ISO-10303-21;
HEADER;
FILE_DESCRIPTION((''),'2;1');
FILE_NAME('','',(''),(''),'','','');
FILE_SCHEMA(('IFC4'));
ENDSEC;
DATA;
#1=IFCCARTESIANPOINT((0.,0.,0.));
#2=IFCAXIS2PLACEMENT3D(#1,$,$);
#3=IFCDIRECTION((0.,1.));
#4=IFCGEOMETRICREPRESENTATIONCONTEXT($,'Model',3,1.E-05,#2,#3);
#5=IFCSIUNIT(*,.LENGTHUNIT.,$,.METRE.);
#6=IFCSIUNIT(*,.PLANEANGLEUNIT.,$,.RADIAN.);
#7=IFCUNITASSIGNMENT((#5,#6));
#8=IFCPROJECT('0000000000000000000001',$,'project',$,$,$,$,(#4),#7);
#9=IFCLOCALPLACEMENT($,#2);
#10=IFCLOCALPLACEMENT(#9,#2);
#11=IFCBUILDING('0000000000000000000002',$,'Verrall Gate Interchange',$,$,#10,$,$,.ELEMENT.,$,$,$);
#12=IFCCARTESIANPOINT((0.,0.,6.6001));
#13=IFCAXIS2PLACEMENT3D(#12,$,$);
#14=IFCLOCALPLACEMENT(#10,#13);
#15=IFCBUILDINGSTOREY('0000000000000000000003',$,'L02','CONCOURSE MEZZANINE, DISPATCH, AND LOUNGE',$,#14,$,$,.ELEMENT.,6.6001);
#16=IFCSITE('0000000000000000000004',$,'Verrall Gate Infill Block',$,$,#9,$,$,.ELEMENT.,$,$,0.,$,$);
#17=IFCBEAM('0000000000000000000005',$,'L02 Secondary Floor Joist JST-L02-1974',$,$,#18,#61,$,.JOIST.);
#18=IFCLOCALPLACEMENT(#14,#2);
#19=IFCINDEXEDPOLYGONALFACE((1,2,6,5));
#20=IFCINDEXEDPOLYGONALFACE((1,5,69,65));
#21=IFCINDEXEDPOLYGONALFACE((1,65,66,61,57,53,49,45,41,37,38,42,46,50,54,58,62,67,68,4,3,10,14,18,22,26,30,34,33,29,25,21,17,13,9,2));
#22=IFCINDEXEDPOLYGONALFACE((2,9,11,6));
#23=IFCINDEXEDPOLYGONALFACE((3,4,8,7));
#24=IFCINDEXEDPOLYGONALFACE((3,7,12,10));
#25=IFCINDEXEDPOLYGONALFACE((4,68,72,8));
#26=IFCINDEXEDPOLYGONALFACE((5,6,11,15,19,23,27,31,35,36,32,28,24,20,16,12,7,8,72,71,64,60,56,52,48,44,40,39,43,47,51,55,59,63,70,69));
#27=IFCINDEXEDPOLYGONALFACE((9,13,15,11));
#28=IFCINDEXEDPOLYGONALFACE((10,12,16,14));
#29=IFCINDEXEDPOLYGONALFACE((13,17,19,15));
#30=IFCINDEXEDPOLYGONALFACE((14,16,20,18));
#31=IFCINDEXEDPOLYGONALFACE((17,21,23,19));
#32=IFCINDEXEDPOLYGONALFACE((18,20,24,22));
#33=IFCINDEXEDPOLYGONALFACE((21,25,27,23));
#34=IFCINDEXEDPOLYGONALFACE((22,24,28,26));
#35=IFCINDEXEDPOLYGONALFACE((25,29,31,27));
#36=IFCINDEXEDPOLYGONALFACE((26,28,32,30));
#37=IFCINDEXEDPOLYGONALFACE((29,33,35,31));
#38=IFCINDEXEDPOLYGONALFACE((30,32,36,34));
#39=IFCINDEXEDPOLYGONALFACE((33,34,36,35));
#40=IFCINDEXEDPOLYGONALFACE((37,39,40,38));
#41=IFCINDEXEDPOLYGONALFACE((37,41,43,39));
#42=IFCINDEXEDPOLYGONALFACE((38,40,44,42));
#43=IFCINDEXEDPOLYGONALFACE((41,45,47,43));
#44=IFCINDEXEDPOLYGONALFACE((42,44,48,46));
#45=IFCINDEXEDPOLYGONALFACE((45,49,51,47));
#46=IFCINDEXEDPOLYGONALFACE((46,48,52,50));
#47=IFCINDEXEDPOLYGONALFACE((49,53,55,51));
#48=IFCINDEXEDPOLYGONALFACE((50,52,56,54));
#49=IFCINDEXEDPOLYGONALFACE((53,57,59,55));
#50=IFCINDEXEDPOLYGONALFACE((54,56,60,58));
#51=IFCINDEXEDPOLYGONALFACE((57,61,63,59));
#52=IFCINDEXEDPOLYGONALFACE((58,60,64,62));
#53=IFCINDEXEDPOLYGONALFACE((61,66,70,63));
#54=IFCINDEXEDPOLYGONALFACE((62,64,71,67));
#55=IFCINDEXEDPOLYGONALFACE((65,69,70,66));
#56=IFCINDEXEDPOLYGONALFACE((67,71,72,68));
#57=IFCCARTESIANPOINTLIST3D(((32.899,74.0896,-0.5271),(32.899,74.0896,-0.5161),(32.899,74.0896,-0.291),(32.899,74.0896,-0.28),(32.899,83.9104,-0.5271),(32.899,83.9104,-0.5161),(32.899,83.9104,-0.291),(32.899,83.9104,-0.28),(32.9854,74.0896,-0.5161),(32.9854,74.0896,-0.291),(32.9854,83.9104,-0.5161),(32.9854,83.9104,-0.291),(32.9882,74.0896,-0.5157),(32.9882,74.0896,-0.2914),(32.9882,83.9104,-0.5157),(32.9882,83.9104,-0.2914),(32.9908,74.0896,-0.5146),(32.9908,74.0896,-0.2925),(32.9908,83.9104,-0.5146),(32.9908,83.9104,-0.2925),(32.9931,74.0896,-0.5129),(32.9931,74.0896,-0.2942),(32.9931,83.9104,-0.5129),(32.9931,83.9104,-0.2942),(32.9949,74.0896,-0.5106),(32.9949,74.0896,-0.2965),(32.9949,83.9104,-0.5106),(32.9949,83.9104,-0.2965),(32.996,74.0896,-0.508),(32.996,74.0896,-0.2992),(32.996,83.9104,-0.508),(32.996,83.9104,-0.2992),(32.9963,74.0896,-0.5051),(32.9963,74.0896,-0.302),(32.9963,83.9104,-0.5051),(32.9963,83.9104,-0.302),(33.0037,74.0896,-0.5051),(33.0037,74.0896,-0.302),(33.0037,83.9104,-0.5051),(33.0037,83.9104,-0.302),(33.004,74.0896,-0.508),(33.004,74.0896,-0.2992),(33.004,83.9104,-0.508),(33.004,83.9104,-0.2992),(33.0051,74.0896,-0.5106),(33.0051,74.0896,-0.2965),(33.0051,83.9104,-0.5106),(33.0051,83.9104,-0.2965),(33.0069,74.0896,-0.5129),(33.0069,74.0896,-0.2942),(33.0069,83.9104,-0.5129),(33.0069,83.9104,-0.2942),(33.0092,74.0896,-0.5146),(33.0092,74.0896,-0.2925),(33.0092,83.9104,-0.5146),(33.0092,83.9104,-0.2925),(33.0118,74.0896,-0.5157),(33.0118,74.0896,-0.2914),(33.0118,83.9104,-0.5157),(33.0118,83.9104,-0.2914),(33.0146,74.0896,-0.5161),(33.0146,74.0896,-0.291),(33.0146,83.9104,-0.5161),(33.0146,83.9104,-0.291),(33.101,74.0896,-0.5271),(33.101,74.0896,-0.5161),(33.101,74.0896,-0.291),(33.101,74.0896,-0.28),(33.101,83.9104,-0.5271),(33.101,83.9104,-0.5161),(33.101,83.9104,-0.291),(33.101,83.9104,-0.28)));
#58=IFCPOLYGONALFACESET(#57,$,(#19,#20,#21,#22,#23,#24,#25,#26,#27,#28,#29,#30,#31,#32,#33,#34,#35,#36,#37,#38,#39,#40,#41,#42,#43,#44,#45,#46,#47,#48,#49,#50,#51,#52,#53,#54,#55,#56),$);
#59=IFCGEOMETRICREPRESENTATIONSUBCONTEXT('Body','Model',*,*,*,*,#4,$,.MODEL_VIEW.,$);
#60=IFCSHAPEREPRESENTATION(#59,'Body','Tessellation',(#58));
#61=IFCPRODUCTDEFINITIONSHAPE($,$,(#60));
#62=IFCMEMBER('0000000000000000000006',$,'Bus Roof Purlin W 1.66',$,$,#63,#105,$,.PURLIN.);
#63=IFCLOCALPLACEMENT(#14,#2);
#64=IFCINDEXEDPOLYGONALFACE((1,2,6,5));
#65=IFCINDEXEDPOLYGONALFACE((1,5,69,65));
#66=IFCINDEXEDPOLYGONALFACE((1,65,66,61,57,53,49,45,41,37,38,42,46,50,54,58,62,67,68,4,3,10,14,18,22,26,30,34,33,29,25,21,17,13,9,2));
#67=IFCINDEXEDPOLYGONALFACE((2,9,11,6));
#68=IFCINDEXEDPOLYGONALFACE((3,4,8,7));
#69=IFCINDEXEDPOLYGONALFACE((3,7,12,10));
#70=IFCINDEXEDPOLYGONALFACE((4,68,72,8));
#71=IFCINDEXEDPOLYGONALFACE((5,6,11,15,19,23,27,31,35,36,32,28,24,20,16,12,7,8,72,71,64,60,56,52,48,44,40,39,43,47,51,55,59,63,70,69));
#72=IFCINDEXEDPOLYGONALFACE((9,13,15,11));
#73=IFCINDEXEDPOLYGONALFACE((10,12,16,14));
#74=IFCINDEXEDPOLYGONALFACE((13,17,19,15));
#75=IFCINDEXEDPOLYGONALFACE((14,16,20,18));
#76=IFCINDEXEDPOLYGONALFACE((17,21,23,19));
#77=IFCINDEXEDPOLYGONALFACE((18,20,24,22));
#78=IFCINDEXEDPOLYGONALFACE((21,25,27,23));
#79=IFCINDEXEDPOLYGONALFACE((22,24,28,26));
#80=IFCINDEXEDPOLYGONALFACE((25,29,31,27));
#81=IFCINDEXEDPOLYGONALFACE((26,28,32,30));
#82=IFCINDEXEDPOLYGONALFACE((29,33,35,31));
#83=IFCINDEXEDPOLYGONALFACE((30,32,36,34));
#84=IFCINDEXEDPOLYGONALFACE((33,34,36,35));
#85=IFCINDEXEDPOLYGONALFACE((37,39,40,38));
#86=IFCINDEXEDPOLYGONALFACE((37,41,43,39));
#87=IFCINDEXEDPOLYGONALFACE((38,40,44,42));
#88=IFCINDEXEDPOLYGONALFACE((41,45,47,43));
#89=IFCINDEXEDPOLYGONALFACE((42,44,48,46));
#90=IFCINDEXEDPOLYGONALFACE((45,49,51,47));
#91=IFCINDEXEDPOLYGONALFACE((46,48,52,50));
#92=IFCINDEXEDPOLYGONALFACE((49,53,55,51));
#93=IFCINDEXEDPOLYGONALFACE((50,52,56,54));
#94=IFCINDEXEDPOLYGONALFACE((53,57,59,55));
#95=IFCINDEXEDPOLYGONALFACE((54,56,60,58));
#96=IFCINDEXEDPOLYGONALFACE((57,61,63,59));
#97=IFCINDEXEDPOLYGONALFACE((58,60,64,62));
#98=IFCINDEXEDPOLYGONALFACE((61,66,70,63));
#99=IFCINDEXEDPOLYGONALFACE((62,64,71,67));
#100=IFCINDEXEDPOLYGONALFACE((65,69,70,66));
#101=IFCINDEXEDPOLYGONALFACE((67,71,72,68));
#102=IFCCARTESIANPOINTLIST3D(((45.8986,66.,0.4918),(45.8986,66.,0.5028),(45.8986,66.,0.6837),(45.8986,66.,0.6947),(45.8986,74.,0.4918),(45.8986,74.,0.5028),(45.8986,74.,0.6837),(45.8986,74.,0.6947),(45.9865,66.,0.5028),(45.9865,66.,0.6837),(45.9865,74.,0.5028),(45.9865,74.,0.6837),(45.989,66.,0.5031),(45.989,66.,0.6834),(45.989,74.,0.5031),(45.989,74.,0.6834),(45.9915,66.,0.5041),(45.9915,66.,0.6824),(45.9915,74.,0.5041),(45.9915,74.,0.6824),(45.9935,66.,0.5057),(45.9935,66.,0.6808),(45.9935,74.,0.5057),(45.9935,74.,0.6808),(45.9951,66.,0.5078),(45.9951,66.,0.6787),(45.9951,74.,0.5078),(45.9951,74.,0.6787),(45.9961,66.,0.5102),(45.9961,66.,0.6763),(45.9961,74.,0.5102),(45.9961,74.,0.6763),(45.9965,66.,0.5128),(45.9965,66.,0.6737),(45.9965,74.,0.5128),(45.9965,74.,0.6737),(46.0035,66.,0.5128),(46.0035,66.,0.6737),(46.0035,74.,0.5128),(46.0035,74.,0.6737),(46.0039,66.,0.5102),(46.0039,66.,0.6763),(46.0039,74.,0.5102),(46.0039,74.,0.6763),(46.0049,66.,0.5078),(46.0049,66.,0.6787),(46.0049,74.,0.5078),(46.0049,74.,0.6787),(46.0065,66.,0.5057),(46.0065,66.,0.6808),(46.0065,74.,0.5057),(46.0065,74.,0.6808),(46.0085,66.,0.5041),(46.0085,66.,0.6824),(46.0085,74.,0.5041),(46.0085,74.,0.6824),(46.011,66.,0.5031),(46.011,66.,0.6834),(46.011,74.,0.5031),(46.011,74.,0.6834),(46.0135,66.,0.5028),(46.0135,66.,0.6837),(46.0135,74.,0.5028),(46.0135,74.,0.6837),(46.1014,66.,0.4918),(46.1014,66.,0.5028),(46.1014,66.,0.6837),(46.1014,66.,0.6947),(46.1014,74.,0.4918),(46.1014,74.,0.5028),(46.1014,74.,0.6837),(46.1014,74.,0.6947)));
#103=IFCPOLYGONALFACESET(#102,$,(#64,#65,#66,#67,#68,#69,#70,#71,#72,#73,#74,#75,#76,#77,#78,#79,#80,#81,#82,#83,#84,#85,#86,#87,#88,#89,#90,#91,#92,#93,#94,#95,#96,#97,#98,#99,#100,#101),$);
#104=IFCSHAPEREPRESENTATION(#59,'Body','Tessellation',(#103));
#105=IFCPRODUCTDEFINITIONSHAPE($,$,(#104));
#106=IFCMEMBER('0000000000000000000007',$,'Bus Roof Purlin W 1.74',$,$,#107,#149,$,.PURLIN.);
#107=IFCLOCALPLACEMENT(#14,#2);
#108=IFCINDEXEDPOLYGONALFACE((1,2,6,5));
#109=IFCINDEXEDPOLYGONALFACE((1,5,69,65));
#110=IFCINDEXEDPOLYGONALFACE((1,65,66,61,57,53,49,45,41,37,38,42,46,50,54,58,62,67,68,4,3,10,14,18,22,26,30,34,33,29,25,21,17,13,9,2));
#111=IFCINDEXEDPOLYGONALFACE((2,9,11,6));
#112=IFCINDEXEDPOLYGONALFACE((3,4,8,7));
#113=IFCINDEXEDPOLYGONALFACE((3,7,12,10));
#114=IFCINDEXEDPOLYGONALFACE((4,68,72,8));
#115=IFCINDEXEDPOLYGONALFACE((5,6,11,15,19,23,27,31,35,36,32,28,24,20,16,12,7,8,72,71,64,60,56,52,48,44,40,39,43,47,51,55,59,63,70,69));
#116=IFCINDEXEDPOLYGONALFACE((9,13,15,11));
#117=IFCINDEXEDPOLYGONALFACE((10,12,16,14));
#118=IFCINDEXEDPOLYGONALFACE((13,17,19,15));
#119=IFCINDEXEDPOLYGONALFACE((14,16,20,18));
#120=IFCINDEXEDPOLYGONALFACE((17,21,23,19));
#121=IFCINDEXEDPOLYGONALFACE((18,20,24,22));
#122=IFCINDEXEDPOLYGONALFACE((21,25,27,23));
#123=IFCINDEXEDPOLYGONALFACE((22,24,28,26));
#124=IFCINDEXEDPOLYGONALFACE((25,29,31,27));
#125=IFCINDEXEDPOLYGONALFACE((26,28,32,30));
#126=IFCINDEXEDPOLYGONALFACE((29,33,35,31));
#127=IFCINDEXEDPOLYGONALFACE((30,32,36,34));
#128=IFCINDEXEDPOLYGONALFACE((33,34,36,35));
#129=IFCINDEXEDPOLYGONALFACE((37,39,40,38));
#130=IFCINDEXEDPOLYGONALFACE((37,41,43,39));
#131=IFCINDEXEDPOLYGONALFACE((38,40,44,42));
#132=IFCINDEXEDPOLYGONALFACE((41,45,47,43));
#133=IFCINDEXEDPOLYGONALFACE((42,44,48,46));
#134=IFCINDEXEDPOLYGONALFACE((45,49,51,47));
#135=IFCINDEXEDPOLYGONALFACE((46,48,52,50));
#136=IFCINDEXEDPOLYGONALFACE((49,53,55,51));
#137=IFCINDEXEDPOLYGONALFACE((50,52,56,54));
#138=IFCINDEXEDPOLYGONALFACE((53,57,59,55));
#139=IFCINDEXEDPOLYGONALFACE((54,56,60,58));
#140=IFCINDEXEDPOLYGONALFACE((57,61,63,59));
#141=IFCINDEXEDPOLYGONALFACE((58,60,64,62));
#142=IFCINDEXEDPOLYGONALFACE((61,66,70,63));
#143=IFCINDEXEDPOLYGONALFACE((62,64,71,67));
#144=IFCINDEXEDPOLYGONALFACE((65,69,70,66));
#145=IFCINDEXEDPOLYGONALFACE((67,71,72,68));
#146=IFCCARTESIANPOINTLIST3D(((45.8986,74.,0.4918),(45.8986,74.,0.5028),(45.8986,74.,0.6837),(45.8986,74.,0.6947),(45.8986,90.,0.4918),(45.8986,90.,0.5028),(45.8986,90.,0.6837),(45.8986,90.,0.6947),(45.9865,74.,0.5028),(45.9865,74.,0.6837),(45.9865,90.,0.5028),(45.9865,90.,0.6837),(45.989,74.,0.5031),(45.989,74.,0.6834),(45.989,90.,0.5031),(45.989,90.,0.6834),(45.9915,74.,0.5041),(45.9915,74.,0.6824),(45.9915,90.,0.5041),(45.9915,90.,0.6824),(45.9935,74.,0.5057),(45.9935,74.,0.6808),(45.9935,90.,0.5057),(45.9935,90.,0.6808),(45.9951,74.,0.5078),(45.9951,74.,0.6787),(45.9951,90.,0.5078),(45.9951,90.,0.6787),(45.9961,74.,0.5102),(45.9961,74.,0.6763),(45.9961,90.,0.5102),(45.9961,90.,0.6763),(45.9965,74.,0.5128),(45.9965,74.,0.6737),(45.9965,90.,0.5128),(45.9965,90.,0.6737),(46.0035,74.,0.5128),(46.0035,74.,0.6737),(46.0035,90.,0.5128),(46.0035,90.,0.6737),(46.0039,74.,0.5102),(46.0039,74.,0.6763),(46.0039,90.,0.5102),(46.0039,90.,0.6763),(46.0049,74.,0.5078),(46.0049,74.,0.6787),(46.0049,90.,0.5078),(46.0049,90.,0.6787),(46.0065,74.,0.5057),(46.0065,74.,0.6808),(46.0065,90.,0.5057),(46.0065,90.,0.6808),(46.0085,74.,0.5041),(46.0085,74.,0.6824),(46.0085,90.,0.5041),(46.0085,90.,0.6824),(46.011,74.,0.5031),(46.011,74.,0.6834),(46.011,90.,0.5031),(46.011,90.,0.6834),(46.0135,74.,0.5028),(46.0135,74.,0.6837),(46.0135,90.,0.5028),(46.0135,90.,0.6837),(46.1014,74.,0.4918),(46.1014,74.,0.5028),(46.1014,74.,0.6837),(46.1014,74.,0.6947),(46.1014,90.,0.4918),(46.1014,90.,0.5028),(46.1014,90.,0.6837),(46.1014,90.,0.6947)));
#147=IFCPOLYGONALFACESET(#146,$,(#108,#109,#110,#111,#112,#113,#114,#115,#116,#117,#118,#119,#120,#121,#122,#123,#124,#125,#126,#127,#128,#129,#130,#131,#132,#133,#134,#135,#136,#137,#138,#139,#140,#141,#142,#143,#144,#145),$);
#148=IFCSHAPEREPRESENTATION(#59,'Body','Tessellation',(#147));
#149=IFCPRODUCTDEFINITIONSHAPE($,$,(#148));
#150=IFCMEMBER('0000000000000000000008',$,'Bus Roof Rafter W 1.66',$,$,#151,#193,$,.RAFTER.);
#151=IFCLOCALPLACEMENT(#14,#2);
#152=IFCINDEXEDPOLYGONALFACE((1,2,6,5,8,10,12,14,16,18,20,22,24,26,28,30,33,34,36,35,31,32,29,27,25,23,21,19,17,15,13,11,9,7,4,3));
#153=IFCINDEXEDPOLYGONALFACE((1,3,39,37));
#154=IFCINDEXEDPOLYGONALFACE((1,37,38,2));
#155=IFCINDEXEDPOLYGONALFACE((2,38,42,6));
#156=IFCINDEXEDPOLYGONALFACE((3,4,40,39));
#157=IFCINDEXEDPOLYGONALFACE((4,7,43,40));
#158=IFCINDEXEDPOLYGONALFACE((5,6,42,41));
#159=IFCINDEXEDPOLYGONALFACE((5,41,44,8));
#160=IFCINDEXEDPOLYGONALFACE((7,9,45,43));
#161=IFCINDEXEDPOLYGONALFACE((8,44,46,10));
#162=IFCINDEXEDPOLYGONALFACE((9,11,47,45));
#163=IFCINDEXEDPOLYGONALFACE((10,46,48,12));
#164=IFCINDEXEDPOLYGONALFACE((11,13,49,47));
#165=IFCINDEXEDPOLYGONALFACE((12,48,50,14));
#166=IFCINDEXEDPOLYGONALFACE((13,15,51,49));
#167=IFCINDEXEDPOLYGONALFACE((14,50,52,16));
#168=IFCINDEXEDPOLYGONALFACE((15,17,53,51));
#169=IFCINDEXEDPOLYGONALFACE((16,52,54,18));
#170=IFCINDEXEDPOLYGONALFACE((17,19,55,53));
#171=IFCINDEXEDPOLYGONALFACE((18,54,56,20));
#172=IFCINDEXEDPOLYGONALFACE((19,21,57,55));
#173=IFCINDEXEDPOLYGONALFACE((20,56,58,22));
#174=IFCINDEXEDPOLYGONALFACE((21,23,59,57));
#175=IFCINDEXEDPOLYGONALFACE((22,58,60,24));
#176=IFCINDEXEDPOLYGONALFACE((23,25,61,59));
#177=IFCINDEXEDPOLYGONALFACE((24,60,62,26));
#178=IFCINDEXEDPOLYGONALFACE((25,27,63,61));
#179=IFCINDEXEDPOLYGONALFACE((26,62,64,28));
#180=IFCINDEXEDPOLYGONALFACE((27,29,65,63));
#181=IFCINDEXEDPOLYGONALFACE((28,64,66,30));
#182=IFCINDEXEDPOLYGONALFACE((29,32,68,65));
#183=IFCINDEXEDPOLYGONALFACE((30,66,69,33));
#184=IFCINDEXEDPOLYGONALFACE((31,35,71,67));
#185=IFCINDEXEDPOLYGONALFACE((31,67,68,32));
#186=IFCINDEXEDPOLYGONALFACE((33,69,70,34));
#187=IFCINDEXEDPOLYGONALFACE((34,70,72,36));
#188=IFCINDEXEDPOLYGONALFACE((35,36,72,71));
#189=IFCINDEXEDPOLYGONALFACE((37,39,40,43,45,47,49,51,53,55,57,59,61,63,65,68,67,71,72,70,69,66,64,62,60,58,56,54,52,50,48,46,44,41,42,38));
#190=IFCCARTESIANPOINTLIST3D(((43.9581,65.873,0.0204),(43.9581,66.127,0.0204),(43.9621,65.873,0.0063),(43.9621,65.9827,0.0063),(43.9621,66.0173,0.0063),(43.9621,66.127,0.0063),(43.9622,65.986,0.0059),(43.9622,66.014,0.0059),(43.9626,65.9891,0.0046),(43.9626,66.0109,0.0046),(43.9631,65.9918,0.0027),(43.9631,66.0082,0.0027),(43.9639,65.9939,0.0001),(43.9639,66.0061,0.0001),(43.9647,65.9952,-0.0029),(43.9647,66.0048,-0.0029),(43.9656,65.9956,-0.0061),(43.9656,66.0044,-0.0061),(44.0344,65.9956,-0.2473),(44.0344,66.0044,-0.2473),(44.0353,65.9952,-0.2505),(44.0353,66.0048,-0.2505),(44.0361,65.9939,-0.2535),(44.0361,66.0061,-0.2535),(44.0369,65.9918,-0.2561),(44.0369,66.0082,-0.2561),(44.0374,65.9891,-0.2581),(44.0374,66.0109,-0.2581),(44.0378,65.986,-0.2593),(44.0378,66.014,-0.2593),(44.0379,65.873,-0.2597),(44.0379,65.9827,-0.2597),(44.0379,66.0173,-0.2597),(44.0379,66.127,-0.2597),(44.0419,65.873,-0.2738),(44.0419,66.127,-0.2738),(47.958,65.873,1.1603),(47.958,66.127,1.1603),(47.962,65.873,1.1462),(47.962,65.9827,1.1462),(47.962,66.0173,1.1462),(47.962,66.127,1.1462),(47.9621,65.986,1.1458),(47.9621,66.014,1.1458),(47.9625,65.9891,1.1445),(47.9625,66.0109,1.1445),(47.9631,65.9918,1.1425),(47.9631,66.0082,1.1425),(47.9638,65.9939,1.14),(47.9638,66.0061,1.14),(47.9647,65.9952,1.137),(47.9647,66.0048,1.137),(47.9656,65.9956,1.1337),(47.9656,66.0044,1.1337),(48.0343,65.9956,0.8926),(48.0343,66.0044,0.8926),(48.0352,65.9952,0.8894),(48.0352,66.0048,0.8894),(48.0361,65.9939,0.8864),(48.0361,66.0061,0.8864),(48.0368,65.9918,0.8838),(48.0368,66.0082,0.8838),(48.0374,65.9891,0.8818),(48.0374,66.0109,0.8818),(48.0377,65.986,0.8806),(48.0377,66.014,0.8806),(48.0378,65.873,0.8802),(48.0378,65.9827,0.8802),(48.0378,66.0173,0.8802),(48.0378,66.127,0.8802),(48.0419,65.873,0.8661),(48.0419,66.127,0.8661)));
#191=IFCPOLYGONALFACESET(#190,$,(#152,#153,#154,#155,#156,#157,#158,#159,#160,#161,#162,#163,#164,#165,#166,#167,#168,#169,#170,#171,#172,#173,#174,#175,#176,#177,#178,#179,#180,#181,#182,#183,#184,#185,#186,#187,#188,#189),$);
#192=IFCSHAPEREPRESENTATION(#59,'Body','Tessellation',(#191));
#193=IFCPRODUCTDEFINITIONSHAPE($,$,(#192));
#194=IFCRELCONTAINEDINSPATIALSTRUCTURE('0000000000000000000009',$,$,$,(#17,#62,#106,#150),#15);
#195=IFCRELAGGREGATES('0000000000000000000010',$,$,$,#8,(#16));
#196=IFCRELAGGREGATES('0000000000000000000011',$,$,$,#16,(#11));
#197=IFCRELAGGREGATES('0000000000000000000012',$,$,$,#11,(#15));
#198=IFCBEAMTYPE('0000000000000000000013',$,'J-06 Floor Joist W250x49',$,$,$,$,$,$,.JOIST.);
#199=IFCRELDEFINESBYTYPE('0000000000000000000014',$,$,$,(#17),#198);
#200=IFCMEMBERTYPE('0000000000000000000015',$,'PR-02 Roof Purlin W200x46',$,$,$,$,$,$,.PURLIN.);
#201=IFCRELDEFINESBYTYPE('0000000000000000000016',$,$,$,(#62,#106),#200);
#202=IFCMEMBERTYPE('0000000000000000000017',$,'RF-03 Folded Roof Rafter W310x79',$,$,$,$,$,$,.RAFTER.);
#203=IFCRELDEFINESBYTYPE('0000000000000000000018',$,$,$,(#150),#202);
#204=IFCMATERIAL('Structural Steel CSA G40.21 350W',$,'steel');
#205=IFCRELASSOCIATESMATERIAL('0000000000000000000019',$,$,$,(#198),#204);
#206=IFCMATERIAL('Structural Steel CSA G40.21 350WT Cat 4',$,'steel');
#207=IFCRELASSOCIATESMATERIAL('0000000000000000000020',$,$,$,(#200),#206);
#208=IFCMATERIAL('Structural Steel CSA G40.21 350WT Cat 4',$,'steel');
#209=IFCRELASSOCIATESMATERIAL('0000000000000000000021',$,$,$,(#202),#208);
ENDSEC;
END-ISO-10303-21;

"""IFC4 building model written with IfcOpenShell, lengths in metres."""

from ifc_helpers import new_model, si_unit, direction, frame, origin, origin_2d, place, context, subcontext, project, spatial, i_section, extrude, material, material_profile, profile_set, type_object, element, save


model = new_model("IFC4")

# Units and contexts
model_context = context("Model", 3, precision=1e-05, world=origin(), true_north=direction((0.0, 1.0)))
body_context = subcontext(model_context, "Body", "Model", "MODEL_VIEW")
ifc_project = project(units=[si_unit("LENGTHUNIT", "METRE"), si_unit("PLANEANGLEUNIT", "RADIAN")], contexts=[model_context])

# Site, building, storey
site_placement = place(None, origin())
site = spatial("IfcSite", under=ifc_project, at=site_placement, Name="Verrall Gate Infill Block", CompositionType="ELEMENT", RefElevation=0.0)
building_placement = place(site_placement, origin())
building = spatial("IfcBuilding", under=site, at=building_placement, Name="Verrall Gate Interchange", CompositionType="ELEMENT")
storey_placement = place(building_placement, frame((0.0, 0.0, 6.6001)))
storey = spatial("IfcBuildingStorey", under=building, at=storey_placement, Name="L02", Description="CONCOURSE MEZZANINE, DISPATCH, AND LOUNGE", CompositionType="ELEMENT", Elevation=6.6001)

# Beam
ifc_material_1 = material(Name="Structural Steel CSA G40.21 350W", Category="steel")
ifc_material_profile_1 = material_profile(ifc_material_1, i_section(OverallWidth=0.2019, OverallDepth=0.2471, WebThickness=0.0073, FlangeThickness=0.011, FilletRadius=0.011, at=origin_2d()), Name="W250x49")
ifc_profile_set_1 = profile_set([ifc_material_profile_1], Name="Structural Steel CSA G40.21 350W")
beam_type_1 = type_object("IfcBeamType", Name="J-06 Floor Joist W250x49", PredefinedType="JOIST", material=ifc_profile_set_1)
beam_1_placement = place(storey_placement, frame((33.0, 74.0896, -0.4036), z_axis=(0.0, 1.0, 0.0), x_axis=(-1.0, 0.0, 0.0)))
element("IfcBeam", 1, at=beam_1_placement, inside=storey, type_object=beam_type_1, Name="L02 Secondary Floor Joist JST-L02-1974", PredefinedType="JOIST", context=body_context, shape_type="SweptSolid", body=[
    extrude(i_section(OverallWidth=0.2019, OverallDepth=0.2471, WebThickness=0.0073, FlangeThickness=0.011, FilletRadius=0.011, at=origin_2d()), origin(), (0.0, 0.0, 1.0), 9.8208),
])

# Members
ifc_material_2 = material(Name="Structural Steel CSA G40.21 350WT Cat 4", Category="steel")
ifc_material_profile_2 = material_profile(ifc_material_2, i_section(OverallWidth=0.2029, OverallDepth=0.2029, WebThickness=0.0071, FlangeThickness=0.011, FilletRadius=0.01, at=origin_2d()), Name="W200x46")
ifc_profile_set_2 = profile_set([ifc_material_profile_2], Name="Structural Steel CSA G40.21 350WT Cat 4")
member_type_1 = type_object("IfcMemberType", Name="PR-02 Roof Purlin W200x46", PredefinedType="PURLIN", material=ifc_profile_set_2)
member_1_placement = place(storey_placement, frame((46.0, 66.0, 0.5933), z_axis=(0.0, 1.0, 0.0), x_axis=(-1.0, 0.0, 0.0)))
element("IfcMember", 2, at=member_1_placement, inside=storey, type_object=member_type_1, Name="Bus Roof Purlin W 1.66", PredefinedType="PURLIN", context=body_context, shape_type="SweptSolid", body=[
    extrude(i_section(OverallWidth=0.2029, OverallDepth=0.2029, WebThickness=0.0071, FlangeThickness=0.011, FilletRadius=0.01, at=origin_2d()), origin(), (0.0, 0.0, 1.0), 8.0),
])
member_2_placement = place(storey_placement, frame((46.0, 74.0, 0.5933), z_axis=(0.0, 1.0, 0.0), x_axis=(-1.0, 0.0, 0.0)))
element("IfcMember", 3, at=member_2_placement, inside=storey, type_object=member_type_1, Name="Bus Roof Purlin W 1.74", PredefinedType="PURLIN", context=body_context, shape_type="SweptSolid", body=[
    extrude(i_section(OverallWidth=0.2029, OverallDepth=0.2029, WebThickness=0.0071, FlangeThickness=0.011, FilletRadius=0.01, at=origin_2d()), origin(), (0.0, 0.0, 1.0), 16.0),
])
ifc_material_3 = material(Name="Structural Steel CSA G40.21 350WT Cat 4", Category="steel")
ifc_material_profile_3 = material_profile(ifc_material_3, i_section(OverallWidth=0.2539, OverallDepth=0.3059, WebThickness=0.0088, FlangeThickness=0.0146, FilletRadius=0.0129, at=origin_2d()), Name="W310x79")
ifc_profile_set_3 = profile_set([ifc_material_profile_3], Name="Structural Steel CSA G40.21 350WT Cat 4")
member_type_2 = type_object("IfcMemberType", Name="RF-03 Folded Roof Rafter W310x79", PredefinedType="RAFTER", material=ifc_profile_set_3)
for number, where, z_axis, x_axis, name in (
    (4, (44.0, 66.0, -0.1267), (0.961712, 0.0, 0.274062), (0.0, 1.0, 0.0), "Bus Roof Rafter W 1.66"),
):
    element("IfcMember", number, at=place(storey_placement, frame(where, z_axis=z_axis, x_axis=x_axis)), inside=storey, type_object=member_type_2, Name=name, PredefinedType="RAFTER", context=body_context, shape_type="SweptSolid", body=[
        extrude(i_section(OverallWidth=0.2539, OverallDepth=0.3059, WebThickness=0.0088, FlangeThickness=0.0146, FilletRadius=0.0129, at=origin_2d()), origin(), (0.0, 0.0, 1.0), 4.1592),
    ])

save(model, "model.ifc")
